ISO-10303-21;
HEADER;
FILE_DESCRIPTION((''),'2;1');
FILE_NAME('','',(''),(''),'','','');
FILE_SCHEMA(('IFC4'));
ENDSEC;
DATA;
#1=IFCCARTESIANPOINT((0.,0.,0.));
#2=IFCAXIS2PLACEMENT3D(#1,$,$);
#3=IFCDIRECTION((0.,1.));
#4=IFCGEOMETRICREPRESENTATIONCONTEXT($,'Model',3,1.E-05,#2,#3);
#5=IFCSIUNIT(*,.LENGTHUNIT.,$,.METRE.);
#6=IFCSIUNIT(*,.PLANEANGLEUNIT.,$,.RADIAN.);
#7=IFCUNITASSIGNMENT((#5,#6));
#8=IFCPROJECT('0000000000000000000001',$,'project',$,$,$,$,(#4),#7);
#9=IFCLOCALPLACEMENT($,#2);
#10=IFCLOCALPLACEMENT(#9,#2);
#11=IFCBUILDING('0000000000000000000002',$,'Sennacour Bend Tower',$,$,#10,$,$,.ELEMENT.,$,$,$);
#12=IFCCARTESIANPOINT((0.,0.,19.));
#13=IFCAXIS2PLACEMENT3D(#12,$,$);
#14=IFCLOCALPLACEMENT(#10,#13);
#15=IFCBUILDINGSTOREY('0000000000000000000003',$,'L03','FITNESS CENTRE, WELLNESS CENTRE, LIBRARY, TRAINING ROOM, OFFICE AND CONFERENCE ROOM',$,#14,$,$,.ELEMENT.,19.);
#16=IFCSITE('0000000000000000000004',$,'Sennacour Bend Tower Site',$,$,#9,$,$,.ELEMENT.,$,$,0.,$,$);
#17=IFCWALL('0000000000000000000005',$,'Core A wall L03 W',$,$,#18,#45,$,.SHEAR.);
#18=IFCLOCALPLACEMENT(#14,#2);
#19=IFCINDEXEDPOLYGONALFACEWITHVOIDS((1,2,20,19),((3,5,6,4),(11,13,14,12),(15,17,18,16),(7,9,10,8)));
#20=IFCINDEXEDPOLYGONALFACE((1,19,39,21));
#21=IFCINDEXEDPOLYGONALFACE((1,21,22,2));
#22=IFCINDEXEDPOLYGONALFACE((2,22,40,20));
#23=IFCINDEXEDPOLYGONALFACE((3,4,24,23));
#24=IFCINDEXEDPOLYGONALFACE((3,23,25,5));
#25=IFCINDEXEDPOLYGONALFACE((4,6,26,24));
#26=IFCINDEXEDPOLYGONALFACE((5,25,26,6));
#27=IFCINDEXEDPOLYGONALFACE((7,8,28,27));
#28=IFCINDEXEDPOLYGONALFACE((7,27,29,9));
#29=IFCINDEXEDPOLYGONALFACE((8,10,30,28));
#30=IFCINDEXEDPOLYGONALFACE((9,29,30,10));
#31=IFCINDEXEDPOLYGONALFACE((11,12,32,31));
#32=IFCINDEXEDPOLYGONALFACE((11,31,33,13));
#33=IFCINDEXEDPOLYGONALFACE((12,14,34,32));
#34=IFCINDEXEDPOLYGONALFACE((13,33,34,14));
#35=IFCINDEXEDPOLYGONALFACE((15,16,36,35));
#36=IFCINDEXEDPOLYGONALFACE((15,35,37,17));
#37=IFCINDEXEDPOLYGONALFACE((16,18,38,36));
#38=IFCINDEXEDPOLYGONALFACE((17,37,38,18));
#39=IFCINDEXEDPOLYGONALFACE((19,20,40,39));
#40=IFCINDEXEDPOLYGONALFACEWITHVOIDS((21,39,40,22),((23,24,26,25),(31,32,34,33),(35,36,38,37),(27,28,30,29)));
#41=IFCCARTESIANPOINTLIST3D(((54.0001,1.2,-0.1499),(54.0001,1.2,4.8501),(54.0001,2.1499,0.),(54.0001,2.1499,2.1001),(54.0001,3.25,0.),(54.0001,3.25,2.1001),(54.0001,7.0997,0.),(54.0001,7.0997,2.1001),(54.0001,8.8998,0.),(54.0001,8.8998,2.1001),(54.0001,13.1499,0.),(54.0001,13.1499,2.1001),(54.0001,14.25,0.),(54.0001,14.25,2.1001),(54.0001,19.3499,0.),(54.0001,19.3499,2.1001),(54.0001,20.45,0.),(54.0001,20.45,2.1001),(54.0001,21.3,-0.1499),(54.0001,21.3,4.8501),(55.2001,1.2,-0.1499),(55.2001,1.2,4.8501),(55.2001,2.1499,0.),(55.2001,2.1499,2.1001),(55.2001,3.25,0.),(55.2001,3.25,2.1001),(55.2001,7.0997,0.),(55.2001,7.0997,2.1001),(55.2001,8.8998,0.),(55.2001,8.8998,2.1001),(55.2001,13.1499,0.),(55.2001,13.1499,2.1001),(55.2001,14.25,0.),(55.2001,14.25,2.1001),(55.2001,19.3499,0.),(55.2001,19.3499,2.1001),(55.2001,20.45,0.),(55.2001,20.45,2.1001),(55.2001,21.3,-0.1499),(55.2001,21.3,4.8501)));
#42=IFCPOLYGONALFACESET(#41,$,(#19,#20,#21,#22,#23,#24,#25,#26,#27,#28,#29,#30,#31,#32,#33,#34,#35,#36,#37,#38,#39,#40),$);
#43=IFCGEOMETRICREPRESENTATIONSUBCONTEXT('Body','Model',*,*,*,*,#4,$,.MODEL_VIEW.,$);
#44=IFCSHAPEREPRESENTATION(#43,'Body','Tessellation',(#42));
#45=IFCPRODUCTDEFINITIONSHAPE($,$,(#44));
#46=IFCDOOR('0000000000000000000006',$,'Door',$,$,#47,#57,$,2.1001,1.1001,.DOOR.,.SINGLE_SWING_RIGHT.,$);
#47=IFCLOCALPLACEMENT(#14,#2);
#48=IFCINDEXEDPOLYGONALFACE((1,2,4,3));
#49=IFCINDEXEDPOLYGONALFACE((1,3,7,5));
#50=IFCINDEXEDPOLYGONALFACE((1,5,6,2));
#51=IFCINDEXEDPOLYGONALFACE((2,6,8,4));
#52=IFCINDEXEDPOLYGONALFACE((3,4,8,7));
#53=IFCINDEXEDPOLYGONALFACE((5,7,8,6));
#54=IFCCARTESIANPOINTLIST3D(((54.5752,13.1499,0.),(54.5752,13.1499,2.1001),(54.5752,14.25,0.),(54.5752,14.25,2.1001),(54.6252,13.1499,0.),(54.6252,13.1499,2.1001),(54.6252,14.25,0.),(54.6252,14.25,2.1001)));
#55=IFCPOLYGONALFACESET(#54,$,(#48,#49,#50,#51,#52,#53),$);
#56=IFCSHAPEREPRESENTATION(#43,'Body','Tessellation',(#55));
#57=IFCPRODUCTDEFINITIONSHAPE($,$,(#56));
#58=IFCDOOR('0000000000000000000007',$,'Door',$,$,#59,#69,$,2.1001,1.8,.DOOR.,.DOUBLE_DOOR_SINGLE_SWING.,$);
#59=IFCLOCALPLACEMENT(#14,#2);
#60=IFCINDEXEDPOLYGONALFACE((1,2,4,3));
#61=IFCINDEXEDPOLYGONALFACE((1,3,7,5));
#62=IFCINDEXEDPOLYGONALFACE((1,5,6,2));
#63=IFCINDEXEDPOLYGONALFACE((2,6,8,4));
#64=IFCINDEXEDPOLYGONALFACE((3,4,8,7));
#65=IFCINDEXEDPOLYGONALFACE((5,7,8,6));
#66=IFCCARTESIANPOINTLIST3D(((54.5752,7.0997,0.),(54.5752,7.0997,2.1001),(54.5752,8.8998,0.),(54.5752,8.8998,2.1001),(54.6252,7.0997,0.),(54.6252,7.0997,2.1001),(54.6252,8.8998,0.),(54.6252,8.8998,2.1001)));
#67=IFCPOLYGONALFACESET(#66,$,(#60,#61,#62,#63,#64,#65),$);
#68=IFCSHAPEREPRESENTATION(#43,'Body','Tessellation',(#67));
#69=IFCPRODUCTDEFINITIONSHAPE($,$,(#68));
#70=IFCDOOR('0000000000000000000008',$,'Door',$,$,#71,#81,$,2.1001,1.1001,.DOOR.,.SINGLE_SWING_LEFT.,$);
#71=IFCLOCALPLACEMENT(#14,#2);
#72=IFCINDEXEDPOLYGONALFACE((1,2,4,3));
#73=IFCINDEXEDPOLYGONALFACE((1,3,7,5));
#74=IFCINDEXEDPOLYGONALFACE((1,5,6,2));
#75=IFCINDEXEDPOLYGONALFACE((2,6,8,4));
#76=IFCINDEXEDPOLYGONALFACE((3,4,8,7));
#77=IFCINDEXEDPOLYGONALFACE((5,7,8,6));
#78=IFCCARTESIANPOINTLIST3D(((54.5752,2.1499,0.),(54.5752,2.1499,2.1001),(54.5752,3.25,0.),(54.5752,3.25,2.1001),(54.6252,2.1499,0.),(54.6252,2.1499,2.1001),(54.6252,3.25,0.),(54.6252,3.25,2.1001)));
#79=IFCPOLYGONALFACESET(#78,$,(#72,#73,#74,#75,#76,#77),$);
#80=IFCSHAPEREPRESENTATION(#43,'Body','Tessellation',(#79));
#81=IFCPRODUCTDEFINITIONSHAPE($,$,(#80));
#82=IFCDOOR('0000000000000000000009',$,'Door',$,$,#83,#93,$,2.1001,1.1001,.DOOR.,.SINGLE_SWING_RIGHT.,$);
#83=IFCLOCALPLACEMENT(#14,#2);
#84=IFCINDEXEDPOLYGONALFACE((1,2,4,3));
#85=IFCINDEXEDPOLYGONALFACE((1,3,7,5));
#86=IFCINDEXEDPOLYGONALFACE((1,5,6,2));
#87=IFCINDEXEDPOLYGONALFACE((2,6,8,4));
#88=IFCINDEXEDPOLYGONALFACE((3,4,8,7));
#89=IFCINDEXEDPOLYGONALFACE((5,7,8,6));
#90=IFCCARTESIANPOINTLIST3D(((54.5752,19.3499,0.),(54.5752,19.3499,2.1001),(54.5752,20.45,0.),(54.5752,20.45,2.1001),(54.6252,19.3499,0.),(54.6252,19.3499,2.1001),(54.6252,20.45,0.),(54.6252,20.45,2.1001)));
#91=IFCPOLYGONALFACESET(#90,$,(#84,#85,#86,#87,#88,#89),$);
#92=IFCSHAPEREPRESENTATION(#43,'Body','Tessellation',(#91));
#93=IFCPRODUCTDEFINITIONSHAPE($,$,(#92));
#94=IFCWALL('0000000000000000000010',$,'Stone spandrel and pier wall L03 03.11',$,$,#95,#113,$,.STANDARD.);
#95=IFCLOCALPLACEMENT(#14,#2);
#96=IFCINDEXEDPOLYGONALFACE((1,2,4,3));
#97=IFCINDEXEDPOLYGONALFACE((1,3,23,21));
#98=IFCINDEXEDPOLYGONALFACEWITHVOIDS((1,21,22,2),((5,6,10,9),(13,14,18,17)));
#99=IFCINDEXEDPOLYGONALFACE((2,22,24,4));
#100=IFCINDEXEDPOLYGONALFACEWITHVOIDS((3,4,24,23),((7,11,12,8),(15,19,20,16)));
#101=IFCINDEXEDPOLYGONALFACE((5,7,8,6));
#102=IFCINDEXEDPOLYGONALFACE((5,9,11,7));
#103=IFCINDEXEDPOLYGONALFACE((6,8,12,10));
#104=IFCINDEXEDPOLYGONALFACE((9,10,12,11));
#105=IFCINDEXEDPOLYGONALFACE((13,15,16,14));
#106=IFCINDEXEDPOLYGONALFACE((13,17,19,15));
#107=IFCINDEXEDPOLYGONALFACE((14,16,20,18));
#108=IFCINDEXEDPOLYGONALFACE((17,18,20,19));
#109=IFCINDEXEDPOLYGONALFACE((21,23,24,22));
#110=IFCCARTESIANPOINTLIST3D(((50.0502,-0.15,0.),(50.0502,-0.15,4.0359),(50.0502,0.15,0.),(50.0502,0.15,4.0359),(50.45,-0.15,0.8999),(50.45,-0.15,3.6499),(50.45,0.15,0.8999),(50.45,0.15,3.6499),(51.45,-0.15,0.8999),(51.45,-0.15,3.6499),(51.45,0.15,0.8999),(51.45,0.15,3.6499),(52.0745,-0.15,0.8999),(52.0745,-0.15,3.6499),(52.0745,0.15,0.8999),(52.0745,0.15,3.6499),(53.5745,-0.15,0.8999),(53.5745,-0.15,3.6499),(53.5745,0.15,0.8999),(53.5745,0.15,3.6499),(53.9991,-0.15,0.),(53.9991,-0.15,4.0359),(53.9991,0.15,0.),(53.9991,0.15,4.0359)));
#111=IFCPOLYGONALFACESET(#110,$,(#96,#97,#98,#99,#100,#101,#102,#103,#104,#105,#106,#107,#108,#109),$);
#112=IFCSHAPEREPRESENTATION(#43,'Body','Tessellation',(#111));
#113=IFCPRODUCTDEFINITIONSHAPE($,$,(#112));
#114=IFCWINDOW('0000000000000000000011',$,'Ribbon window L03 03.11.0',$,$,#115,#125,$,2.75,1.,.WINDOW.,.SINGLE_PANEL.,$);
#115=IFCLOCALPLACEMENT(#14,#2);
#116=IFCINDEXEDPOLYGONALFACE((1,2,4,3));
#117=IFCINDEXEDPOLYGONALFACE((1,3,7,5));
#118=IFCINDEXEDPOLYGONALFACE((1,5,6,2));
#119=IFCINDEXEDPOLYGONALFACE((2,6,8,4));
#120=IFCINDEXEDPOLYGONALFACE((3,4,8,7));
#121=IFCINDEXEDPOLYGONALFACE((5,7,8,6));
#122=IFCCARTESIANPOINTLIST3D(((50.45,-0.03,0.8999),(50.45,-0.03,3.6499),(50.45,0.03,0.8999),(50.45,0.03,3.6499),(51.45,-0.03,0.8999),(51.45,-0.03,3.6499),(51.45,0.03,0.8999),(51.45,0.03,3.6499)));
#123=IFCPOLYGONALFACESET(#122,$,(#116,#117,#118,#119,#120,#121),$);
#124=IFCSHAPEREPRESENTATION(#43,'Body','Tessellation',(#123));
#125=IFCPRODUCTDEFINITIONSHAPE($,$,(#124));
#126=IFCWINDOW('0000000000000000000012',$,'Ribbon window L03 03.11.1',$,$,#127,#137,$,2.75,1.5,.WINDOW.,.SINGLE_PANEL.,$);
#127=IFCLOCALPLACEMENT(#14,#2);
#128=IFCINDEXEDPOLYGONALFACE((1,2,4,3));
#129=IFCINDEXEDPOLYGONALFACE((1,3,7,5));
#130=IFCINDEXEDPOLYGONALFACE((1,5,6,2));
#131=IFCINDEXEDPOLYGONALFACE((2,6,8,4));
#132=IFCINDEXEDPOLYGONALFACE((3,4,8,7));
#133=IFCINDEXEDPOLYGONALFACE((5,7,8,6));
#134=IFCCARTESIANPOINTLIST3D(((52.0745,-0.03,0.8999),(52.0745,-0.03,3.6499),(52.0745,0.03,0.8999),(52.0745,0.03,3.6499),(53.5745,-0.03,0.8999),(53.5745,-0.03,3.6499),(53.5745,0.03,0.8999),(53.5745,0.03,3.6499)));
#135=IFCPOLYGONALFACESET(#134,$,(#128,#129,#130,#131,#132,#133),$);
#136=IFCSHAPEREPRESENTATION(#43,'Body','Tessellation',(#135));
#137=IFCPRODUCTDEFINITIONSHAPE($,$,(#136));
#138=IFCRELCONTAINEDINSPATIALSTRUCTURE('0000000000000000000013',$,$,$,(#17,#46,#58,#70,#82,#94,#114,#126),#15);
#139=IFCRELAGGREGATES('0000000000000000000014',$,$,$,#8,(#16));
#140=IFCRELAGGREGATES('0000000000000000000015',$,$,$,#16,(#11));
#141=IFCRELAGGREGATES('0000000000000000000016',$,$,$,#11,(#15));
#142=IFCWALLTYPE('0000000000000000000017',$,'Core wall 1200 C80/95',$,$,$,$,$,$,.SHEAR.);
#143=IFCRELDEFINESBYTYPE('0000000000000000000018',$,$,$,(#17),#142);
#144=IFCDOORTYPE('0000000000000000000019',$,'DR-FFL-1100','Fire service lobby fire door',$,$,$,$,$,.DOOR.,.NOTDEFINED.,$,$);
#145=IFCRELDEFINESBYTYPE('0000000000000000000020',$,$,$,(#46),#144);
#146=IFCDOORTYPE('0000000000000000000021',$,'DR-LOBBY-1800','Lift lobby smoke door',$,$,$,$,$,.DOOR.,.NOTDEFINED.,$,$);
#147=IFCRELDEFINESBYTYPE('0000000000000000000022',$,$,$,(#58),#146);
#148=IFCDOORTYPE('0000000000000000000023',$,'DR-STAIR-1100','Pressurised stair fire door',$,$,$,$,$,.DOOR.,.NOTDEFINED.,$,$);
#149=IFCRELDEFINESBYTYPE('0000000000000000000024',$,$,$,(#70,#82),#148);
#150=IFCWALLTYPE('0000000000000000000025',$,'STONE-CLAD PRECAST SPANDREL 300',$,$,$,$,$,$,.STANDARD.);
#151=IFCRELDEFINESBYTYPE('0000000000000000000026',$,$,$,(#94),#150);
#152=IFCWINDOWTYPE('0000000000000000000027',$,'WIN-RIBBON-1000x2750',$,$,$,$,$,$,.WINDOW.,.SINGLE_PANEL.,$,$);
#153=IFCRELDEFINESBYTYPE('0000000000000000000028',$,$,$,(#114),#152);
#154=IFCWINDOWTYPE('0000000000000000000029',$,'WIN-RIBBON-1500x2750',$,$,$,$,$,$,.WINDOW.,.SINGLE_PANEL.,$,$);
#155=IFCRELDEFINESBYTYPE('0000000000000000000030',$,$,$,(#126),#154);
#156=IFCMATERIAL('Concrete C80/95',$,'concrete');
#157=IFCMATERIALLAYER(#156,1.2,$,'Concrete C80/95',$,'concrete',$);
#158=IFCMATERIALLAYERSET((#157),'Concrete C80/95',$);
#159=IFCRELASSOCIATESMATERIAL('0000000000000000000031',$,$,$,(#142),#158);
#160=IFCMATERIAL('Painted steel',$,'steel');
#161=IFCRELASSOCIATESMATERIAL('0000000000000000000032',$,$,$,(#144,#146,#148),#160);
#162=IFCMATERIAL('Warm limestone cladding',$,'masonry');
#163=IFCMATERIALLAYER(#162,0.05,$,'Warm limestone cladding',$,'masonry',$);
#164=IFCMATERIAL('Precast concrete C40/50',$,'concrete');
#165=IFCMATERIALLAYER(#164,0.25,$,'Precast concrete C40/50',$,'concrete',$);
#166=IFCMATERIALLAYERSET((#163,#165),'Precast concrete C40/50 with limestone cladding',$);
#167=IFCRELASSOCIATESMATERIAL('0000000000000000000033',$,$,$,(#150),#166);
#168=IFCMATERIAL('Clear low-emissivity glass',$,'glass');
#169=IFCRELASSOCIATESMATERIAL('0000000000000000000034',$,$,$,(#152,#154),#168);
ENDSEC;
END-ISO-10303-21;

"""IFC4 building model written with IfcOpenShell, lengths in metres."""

from ifc_helpers import new_model, si_unit, direction, frame, frame_2d, origin, place, context, subcontext, project, spatial, rectangle, extrude, material, layer, layer_set, type_object, element, fill, save


model = new_model("IFC4")

# Units and contexts
model_context = context("Model", 3, precision=1e-05, world=origin(), true_north=direction((0.0, 1.0)))
body_context = subcontext(model_context, "Body", "Model", "MODEL_VIEW")
ifc_project = project(units=[si_unit("LENGTHUNIT", "METRE"), si_unit("PLANEANGLEUNIT", "RADIAN")], contexts=[model_context])

# Site, building, storey
site_placement = place(None, origin())
site = spatial("IfcSite", under=ifc_project, at=site_placement, Name="Sennacour Bend Tower Site", CompositionType="ELEMENT", RefElevation=0.0)
building_placement = place(site_placement, origin())
building = spatial("IfcBuilding", under=site, at=building_placement, Name="Sennacour Bend Tower", CompositionType="ELEMENT")
storey_placement = place(building_placement, frame((0.0, 0.0, 19.0)))
storey = spatial("IfcBuildingStorey", under=building, at=storey_placement, Name="L03", Description="FITNESS CENTRE, WELLNESS CENTRE, LIBRARY, TRAINING ROOM, OFFICE AND CONFERENCE ROOM", CompositionType="ELEMENT", Elevation=19.0)

# Wall, openings, doors
ifc_material_1 = material(Name="Concrete C80/95", Category="concrete")
ifc_layer_1 = layer(ifc_material_1, 1.2, Name="Concrete C80/95", Category="concrete")
ifc_layer_set_1 = layer_set([ifc_layer_1], Name="Concrete C80/95")
wall_type_1 = type_object("IfcWallType", Name="Core wall 1200 C80/95", PredefinedType="SHEAR", material=ifc_layer_set_1)
wall_1_placement = place(storey_placement, frame((54.6001, 1.2, -0.1499), z_axis=(0.0, 0.0, 1.0), x_axis=(0.0, 1.0, 0.0)))
wall_1 = element("IfcWall", 1, at=wall_1_placement, inside=storey, type_object=wall_type_1, Name="Core A wall L03 W", PredefinedType="SHEAR", context=body_context, shape_type="SweptSolid", body=[
    extrude(rectangle(XDim=20.1001, YDim=1.2, at=frame_2d((10.05, 0.0))), origin(), (0.0, 0.0, 1.0), 5.0),
])
opening_1_placement = place(wall_1_placement, frame((5.8999, 0.0, 0.1499)))
opening_1 = element("IfcOpeningElement", 2, at=opening_1_placement, cuts=wall_1, PredefinedType="OPENING", context=body_context, shape_type="SweptSolid", body=[
    extrude(rectangle(XDim=1.8, YDim=2.1001, at=frame_2d((0.8999, 1.05))), frame((0.0, 0.6099, 0.0), z_axis=(0.0, -1.0, 0.0), x_axis=(1.0, 0.0, 0.0)), (0.0, 0.0, 1.0), 1.22),
])
opening_2_placement = place(wall_1_placement, frame((11.95, 0.0, 0.1499)))
opening_2 = element("IfcOpeningElement", 3, at=opening_2_placement, cuts=wall_1, PredefinedType="OPENING", context=body_context, shape_type="SweptSolid", body=[
    extrude(rectangle(XDim=1.1001, YDim=2.1001, at=frame_2d((0.55, 1.05))), frame((0.0, 0.6099, 0.0), z_axis=(0.0, -1.0, 0.0), x_axis=(1.0, 0.0, 0.0)), (0.0, 0.0, 1.0), 1.22),
])
opening_3_placement = place(wall_1_placement, frame((0.95, 0.0, 0.1499)))
opening_3 = element("IfcOpeningElement", 4, at=opening_3_placement, cuts=wall_1, PredefinedType="OPENING", context=body_context, shape_type="SweptSolid", body=[
    extrude(rectangle(XDim=1.1001, YDim=2.1001, at=frame_2d((0.55, 1.05))), frame((0.0, 0.6099, 0.0), z_axis=(0.0, -1.0, 0.0), x_axis=(1.0, 0.0, 0.0)), (0.0, 0.0, 1.0), 1.22),
])
opening_4_placement = place(wall_1_placement, frame((18.1499, 0.0, 0.1499)))
opening_4 = element("IfcOpeningElement", 5, at=opening_4_placement, cuts=wall_1, PredefinedType="OPENING", context=body_context, shape_type="SweptSolid", body=[
    extrude(rectangle(XDim=1.1001, YDim=2.1001, at=frame_2d((0.55, 1.05))), frame((0.0, 0.6099, 0.0), z_axis=(0.0, -1.0, 0.0), x_axis=(1.0, 0.0, 0.0)), (0.0, 0.0, 1.0), 1.22),
])
ifc_material_2 = material(Name="Painted steel", Category="steel")
door_type_1 = type_object("IfcDoorType", Name="DR-FFL-1100", Description="Fire service lobby fire door", OperationType="NOTDEFINED", PredefinedType="DOOR", material=ifc_material_2)
door_1_placement = place(opening_2_placement, origin())
door_1 = element("IfcDoor", 6, at=door_1_placement, inside=storey, type_object=door_type_1, Name="Door", OperationType="SINGLE_SWING_RIGHT", OverallHeight=2.1001, OverallWidth=1.1001, PredefinedType="DOOR", context=body_context, shape_type="SweptSolid", body=[
    extrude(rectangle(XDim=1.1001, YDim=2.1001, at=frame_2d((0.55, 1.05))), frame((0.0, 0.0249, 0.0), z_axis=(0.0, -1.0, 0.0), x_axis=(1.0, 0.0, 0.0)), (0.0, 0.0, 1.0), 0.05),
])
fill(opening_2, door_1)
door_type_2 = type_object("IfcDoorType", Name="DR-LOBBY-1800", Description="Lift lobby smoke door", OperationType="NOTDEFINED", PredefinedType="DOOR", material=ifc_material_2)
door_2_placement = place(opening_1_placement, origin())
door_2 = element("IfcDoor", 7, at=door_2_placement, inside=storey, type_object=door_type_2, Name="Door", OperationType="DOUBLE_DOOR_SINGLE_SWING", OverallHeight=2.1001, OverallWidth=1.8, PredefinedType="DOOR", context=body_context, shape_type="SweptSolid", body=[
    extrude(rectangle(XDim=1.8, YDim=2.1001, at=frame_2d((0.8999, 1.05))), frame((0.0, 0.0249, 0.0), z_axis=(0.0, -1.0, 0.0), x_axis=(1.0, 0.0, 0.0)), (0.0, 0.0, 1.0), 0.05),
])
fill(opening_1, door_2)
door_type_3 = type_object("IfcDoorType", Name="DR-STAIR-1100", Description="Pressurised stair fire door", OperationType="NOTDEFINED", PredefinedType="DOOR", material=ifc_material_2)
door_3_placement = place(opening_3_placement, origin())
door_3 = element("IfcDoor", 8, at=door_3_placement, inside=storey, type_object=door_type_3, Name="Door", OperationType="SINGLE_SWING_LEFT", OverallHeight=2.1001, OverallWidth=1.1001, PredefinedType="DOOR", context=body_context, shape_type="SweptSolid", body=[
    extrude(rectangle(XDim=1.1001, YDim=2.1001, at=frame_2d((0.55, 1.05))), frame((0.0, 0.0249, 0.0), z_axis=(0.0, -1.0, 0.0), x_axis=(1.0, 0.0, 0.0)), (0.0, 0.0, 1.0), 0.05),
])
fill(opening_3, door_3)
door_4_placement = place(opening_4_placement, origin())
door_4 = element("IfcDoor", 9, at=door_4_placement, inside=storey, type_object=door_type_3, Name="Door", OperationType="SINGLE_SWING_RIGHT", OverallHeight=2.1001, OverallWidth=1.1001, PredefinedType="DOOR", context=body_context, shape_type="SweptSolid", body=[
    extrude(rectangle(XDim=1.1001, YDim=2.1001, at=frame_2d((0.55, 1.05))), frame((0.0, 0.0249, 0.0), z_axis=(0.0, -1.0, 0.0), x_axis=(1.0, 0.0, 0.0)), (0.0, 0.0, 1.0), 0.05),
])
fill(opening_4, door_4)

# Wall, openings, windows
ifc_material_3 = material(Name="Warm limestone cladding", Category="masonry")
ifc_layer_2 = layer(ifc_material_3, 0.05, Name="Warm limestone cladding", Category="masonry")
ifc_material_4 = material(Name="Precast concrete C40/50", Category="concrete")
ifc_layer_3 = layer(ifc_material_4, 0.25, Name="Precast concrete C40/50", Category="concrete")
ifc_layer_set_2 = layer_set([ifc_layer_2, ifc_layer_3], Name="Precast concrete C40/50 with limestone cladding")
wall_type_2 = type_object("IfcWallType", Name="STONE-CLAD PRECAST SPANDREL 300", PredefinedType="STANDARD", material=ifc_layer_set_2)
wall_2_placement = place(storey_placement, frame((50.05, 0.0, 0.0), z_axis=(0.0, 0.0, 1.0), x_axis=(1.0, 0.0, 0.0)))
wall_2 = element("IfcWall", 10, at=wall_2_placement, inside=storey, type_object=wall_type_2, Name="Stone spandrel and pier wall L03 03.11", PredefinedType="STANDARD", context=body_context, shape_type="SweptSolid", body=[
    extrude(rectangle(XDim=3.949, YDim=0.3, at=frame_2d((1.9746, 0.0))), origin(), (0.0, 0.0, 1.0), 4.0359),
])
opening_5_placement = place(wall_2_placement, frame((0.3999, 0.0, 0.8999)))
opening_5 = element("IfcOpeningElement", 11, at=opening_5_placement, cuts=wall_2, PredefinedType="OPENING", context=body_context, shape_type="SweptSolid", body=[
    extrude(rectangle(XDim=1.0, YDim=2.75, at=frame_2d((0.5, 1.375))), frame((0.0, 0.1602, 0.0), z_axis=(0.0, -1.0, 0.0), x_axis=(1.0, 0.0, 0.0)), (0.0, 0.0, 1.0), 0.3201),
])
opening_6_placement = place(wall_2_placement, frame((2.0244, 0.0, 0.8999)))
opening_6 = element("IfcOpeningElement", 12, at=opening_6_placement, cuts=wall_2, PredefinedType="OPENING", context=body_context, shape_type="SweptSolid", body=[
    extrude(rectangle(XDim=1.5, YDim=2.75, at=frame_2d((0.75, 1.375))), frame((0.0, 0.1602, 0.0), z_axis=(0.0, -1.0, 0.0), x_axis=(1.0, 0.0, 0.0)), (0.0, 0.0, 1.0), 0.3201),
])
ifc_material_5 = material(Name="Clear low-emissivity glass", Category="glass")
window_type_1 = type_object("IfcWindowType", Name="WIN-RIBBON-1000x2750", PartitioningType="SINGLE_PANEL", PredefinedType="WINDOW", material=ifc_material_5)
window_1_placement = place(opening_5_placement, origin())
window_1 = element("IfcWindow", 13, at=window_1_placement, inside=storey, type_object=window_type_1, Name="Ribbon window L03 03.11.0", OverallHeight=2.75, OverallWidth=1.0, PartitioningType="SINGLE_PANEL", PredefinedType="WINDOW", context=body_context, shape_type="SweptSolid", body=[
    extrude(rectangle(XDim=1.0, YDim=2.75, at=frame_2d((0.5, 1.375))), frame((0.0, 0.03, 0.0), z_axis=(0.0, -1.0, 0.0), x_axis=(1.0, 0.0, 0.0)), (0.0, 0.0, 1.0), 0.0601),
])
fill(opening_5, window_1)
window_type_2 = type_object("IfcWindowType", Name="WIN-RIBBON-1500x2750", PartitioningType="SINGLE_PANEL", PredefinedType="WINDOW", material=ifc_material_5)
window_2_placement = place(opening_6_placement, origin())
window_2 = element("IfcWindow", 14, at=window_2_placement, inside=storey, type_object=window_type_2, Name="Ribbon window L03 03.11.1", OverallHeight=2.75, OverallWidth=1.5, PartitioningType="SINGLE_PANEL", PredefinedType="WINDOW", context=body_context, shape_type="SweptSolid", body=[
    extrude(rectangle(XDim=1.5, YDim=2.75, at=frame_2d((0.75, 1.375))), frame((0.0, 0.03, 0.0), z_axis=(0.0, -1.0, 0.0), x_axis=(1.0, 0.0, 0.0)), (0.0, 0.0, 1.0), 0.0601),
])
fill(opening_6, window_2)

save(model, "model.ifc")
